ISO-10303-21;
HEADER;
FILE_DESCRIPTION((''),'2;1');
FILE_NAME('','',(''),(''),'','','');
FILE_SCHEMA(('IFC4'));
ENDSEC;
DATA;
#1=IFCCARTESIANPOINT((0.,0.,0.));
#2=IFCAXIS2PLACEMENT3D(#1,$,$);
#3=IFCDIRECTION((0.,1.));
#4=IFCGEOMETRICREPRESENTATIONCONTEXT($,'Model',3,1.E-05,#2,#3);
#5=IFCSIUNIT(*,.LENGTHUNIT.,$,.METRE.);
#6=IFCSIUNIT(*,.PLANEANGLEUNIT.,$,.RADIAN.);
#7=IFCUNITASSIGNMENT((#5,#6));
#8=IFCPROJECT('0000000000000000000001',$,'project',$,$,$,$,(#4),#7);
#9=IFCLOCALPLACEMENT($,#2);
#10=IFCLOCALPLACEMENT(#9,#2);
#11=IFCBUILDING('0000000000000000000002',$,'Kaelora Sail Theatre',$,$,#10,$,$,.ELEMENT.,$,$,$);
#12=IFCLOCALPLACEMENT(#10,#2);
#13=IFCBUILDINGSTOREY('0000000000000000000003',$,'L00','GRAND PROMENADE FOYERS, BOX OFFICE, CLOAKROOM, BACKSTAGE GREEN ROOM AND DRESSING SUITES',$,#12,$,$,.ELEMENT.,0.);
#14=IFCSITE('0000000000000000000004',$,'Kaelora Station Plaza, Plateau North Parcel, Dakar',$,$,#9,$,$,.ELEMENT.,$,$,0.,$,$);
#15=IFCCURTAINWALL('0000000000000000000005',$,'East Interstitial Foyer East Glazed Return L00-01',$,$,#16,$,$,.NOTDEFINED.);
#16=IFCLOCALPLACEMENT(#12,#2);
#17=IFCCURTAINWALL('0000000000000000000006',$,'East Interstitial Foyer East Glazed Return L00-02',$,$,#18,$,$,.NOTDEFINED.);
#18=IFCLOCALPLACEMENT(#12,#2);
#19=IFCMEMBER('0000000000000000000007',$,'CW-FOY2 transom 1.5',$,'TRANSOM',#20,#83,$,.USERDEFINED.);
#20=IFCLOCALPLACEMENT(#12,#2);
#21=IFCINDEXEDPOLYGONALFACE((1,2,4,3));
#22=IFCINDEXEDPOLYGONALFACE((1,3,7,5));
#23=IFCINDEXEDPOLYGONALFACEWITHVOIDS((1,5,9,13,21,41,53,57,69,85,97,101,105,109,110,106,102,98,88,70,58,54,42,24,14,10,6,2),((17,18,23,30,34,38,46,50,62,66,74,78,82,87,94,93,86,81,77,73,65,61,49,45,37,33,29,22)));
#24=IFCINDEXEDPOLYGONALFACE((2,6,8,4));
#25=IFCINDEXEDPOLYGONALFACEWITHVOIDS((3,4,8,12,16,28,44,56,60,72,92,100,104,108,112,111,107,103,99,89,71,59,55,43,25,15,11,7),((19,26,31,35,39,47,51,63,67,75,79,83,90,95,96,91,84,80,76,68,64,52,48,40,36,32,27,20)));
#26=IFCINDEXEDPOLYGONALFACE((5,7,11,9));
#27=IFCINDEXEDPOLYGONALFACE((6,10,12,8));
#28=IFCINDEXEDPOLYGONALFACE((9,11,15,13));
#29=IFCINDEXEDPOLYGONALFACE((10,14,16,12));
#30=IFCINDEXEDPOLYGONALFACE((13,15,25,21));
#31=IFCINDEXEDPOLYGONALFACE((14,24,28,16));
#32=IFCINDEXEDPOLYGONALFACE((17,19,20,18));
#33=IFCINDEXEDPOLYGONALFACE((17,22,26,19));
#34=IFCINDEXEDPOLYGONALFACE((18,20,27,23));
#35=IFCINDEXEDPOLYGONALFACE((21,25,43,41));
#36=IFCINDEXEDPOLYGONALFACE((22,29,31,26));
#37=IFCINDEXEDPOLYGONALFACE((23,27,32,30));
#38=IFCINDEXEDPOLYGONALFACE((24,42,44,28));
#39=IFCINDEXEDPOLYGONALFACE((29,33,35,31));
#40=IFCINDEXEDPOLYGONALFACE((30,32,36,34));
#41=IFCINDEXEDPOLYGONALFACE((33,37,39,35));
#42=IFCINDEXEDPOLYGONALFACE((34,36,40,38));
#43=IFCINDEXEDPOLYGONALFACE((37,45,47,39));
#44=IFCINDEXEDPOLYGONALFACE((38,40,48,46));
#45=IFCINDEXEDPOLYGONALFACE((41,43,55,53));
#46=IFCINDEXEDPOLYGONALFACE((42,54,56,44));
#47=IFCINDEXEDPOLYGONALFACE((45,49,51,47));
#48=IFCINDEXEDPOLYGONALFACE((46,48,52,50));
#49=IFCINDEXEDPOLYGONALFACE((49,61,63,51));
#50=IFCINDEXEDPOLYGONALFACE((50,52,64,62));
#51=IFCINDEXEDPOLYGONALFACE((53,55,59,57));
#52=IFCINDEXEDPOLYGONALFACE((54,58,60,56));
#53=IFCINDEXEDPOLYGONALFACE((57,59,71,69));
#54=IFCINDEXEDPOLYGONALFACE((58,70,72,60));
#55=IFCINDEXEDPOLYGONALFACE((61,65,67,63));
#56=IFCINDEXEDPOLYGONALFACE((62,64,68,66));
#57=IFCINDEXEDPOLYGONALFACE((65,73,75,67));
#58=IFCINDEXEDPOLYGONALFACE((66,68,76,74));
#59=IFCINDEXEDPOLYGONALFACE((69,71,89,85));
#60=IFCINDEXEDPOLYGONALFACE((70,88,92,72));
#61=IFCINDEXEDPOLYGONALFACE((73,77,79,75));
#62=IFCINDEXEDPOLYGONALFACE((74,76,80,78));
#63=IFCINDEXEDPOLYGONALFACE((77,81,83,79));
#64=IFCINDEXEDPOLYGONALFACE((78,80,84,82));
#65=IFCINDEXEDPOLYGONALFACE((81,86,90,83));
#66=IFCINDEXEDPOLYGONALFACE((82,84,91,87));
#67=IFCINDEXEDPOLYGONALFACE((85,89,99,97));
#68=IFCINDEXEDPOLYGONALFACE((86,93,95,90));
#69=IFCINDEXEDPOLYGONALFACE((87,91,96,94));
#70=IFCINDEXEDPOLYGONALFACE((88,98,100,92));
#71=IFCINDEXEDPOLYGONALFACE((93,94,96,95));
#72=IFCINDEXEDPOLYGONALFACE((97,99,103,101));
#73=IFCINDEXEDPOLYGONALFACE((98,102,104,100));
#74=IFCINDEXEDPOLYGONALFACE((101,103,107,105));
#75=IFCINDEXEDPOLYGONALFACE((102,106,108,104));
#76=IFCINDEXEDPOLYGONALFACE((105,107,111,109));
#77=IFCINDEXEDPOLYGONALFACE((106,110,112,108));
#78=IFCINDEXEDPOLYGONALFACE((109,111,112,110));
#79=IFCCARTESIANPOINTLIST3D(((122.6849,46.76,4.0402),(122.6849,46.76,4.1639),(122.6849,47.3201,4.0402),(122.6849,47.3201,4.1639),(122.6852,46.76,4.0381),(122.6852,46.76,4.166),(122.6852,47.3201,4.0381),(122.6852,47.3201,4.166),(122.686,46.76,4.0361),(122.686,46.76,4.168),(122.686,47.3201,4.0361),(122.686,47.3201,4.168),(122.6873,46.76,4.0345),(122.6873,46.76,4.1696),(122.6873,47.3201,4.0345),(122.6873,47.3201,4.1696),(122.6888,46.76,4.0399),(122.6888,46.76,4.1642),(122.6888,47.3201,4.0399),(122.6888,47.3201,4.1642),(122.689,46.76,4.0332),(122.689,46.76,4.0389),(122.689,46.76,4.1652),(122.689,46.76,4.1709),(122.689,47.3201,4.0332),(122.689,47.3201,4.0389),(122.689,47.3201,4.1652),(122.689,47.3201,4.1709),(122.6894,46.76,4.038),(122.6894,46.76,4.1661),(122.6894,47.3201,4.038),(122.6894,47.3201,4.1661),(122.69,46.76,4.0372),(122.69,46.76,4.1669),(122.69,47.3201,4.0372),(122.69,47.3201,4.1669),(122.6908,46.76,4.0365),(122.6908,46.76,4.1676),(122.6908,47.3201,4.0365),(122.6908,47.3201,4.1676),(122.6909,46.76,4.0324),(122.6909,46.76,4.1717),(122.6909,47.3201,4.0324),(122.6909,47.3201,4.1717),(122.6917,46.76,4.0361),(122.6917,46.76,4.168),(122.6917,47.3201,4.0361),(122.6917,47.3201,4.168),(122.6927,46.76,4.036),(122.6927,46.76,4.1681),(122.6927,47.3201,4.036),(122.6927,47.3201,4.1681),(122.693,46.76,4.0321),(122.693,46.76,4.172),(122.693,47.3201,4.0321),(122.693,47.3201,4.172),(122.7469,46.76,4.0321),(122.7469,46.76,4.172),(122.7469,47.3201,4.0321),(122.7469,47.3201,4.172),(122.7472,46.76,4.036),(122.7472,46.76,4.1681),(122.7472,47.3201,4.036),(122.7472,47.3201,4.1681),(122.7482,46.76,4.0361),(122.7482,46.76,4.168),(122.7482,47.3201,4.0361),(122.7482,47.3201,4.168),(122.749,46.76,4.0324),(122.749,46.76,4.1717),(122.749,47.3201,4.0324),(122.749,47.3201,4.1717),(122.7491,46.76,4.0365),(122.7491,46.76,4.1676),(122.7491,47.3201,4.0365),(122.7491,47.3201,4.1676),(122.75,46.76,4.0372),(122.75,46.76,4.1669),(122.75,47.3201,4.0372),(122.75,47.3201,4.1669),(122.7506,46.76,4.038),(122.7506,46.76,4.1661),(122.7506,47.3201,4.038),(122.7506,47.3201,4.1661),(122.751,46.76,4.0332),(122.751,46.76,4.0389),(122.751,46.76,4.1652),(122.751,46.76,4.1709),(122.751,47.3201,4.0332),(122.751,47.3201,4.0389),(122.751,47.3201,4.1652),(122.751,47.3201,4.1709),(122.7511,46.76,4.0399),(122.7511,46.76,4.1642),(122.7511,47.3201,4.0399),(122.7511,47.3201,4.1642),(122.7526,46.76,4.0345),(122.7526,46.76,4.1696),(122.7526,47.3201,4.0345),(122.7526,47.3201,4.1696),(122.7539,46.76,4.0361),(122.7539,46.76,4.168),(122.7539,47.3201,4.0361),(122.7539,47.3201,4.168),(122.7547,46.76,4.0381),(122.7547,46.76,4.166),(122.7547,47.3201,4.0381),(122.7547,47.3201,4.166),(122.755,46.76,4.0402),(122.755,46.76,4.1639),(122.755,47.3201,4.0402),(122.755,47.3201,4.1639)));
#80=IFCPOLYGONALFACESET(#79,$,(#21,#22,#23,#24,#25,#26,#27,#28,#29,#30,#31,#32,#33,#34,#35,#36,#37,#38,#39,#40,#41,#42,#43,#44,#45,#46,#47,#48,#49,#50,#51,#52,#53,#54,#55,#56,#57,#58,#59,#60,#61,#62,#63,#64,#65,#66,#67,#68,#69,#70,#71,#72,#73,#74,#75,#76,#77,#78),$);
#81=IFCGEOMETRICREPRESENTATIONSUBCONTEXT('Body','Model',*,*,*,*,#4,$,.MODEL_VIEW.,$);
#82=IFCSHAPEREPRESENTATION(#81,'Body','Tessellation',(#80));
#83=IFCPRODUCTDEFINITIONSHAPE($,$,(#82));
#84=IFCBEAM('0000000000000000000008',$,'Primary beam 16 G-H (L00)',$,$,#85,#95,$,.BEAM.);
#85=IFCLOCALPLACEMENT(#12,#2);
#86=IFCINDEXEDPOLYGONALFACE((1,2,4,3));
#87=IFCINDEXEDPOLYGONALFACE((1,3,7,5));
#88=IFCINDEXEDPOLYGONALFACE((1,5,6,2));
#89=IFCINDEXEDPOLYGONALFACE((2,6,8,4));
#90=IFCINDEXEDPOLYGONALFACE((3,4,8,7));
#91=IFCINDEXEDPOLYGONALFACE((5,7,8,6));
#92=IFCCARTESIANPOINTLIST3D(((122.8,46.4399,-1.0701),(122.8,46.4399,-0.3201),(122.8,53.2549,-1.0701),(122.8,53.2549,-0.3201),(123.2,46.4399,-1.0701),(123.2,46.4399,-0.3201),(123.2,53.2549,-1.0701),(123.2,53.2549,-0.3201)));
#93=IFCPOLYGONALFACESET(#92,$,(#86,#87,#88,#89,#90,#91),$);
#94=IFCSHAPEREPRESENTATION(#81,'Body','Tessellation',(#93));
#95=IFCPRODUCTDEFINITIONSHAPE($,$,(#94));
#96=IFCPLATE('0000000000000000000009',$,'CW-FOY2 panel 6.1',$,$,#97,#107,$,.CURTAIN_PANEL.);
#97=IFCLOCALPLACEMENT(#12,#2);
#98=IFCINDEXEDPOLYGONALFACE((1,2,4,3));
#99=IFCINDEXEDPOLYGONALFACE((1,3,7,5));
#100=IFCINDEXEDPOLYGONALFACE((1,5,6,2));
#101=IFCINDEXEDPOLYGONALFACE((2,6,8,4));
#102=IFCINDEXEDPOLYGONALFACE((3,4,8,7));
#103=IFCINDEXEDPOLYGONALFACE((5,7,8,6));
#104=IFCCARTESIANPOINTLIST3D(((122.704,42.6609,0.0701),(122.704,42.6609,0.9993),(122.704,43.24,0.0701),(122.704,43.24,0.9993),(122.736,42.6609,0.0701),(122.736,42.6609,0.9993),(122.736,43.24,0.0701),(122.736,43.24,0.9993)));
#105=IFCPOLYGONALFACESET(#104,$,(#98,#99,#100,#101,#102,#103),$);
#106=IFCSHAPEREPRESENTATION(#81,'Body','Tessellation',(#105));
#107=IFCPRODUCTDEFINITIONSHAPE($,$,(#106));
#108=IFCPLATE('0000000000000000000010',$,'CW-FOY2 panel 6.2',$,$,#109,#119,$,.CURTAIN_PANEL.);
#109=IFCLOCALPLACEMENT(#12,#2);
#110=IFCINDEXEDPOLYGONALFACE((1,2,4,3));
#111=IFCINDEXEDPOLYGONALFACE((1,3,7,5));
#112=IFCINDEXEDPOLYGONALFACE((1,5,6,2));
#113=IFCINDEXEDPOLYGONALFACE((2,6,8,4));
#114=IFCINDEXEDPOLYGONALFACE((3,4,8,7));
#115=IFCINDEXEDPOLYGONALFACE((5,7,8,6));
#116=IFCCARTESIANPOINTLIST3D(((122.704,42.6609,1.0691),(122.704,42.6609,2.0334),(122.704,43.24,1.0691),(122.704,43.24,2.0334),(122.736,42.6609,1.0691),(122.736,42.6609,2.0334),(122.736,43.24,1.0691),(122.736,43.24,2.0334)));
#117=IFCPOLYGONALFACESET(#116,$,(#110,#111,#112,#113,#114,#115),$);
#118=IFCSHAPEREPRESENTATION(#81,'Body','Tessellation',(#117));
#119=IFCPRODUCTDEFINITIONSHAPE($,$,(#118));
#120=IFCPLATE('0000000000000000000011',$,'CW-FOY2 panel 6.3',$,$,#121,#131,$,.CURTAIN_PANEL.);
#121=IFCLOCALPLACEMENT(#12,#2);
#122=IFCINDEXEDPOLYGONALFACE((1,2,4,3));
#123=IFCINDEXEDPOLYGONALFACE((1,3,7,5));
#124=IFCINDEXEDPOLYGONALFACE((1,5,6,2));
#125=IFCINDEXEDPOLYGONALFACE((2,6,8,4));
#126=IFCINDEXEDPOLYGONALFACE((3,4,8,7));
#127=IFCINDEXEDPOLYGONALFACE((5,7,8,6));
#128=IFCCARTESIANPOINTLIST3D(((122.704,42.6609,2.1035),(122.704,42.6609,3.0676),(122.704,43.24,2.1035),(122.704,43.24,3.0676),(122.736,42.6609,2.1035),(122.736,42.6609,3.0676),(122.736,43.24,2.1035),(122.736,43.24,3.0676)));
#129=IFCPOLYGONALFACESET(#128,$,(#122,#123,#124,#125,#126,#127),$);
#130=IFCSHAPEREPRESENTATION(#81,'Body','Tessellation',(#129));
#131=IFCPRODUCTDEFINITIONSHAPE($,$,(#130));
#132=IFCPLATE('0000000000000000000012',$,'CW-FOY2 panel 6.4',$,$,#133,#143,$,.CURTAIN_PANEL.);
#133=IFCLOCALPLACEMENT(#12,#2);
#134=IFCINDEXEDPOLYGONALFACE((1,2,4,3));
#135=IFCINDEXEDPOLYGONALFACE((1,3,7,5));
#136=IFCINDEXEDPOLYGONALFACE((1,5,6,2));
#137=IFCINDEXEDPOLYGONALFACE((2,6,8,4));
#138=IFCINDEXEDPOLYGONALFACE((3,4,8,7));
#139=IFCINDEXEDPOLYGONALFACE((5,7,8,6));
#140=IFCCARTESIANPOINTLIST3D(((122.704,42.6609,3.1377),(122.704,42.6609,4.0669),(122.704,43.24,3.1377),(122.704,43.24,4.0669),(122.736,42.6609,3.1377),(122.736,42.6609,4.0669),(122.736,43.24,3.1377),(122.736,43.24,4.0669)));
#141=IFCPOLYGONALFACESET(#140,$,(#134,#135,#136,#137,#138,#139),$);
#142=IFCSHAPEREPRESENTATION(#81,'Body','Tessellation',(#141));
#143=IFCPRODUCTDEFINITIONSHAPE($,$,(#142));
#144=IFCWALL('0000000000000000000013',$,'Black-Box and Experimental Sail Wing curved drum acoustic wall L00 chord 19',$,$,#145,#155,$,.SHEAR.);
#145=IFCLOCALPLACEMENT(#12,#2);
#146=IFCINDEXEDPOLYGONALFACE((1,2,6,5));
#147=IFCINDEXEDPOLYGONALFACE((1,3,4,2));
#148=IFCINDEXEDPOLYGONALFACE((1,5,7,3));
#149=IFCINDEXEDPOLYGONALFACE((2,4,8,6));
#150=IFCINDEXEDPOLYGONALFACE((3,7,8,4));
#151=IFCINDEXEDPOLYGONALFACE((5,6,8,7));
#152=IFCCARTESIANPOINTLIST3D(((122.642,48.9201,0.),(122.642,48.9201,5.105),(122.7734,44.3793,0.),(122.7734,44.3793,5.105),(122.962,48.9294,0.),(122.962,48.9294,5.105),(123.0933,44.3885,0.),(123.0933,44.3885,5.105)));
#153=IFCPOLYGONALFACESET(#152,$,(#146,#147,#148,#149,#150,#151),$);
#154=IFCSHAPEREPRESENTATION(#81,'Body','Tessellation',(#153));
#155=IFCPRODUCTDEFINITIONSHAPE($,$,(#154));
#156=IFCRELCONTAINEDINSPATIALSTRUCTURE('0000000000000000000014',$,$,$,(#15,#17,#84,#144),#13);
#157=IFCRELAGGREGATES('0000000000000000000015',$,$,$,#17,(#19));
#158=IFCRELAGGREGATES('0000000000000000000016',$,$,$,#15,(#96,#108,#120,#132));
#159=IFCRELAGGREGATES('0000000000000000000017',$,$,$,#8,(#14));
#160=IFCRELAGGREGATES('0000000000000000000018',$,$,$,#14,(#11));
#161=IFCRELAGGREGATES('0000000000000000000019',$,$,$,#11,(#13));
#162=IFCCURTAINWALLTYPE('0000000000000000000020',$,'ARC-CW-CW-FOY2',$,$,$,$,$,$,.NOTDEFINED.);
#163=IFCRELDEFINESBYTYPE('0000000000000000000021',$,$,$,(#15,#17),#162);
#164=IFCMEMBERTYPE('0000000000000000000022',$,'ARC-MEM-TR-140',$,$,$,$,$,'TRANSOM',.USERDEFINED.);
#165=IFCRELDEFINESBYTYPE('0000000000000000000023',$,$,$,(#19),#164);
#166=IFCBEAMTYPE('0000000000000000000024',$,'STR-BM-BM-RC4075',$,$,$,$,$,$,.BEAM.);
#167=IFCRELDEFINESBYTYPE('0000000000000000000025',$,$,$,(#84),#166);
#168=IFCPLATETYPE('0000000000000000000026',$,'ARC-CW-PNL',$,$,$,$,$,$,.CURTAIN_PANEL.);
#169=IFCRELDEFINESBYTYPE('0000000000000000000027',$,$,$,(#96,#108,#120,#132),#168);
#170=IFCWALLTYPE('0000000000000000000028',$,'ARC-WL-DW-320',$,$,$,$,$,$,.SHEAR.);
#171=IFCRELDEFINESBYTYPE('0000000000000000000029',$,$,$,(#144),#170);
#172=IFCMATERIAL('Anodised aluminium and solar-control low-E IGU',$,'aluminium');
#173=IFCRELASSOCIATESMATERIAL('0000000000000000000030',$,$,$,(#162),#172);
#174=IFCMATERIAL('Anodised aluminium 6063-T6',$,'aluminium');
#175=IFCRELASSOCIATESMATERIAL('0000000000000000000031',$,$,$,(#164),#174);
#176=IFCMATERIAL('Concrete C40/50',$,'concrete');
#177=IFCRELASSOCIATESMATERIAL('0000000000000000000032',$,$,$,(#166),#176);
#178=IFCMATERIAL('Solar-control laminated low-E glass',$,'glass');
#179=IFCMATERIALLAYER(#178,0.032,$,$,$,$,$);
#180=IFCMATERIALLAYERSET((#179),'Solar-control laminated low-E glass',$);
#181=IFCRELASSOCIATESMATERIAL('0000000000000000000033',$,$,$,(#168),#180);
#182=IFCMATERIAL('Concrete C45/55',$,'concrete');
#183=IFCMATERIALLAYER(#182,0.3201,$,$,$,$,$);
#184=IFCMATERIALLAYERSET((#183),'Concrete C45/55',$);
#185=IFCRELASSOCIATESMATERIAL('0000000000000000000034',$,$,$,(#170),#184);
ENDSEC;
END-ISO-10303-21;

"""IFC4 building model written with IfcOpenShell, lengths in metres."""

from ifc_helpers import new_model, si_unit, direction, frame, frame_2d, origin, origin_2d, place, context, subcontext, project, spatial, rectangle, hollow_rectangle, extrude, material, layer, layer_set, material_profile, profile_set, type_object, element, aggregate, save


model = new_model("IFC4")

# Units and contexts
model_context = context("Model", 3, precision=1e-05, world=origin(), true_north=direction((0.0, 1.0)))
body_context = subcontext(model_context, "Body", "Model", "MODEL_VIEW")
ifc_project = project(units=[si_unit("LENGTHUNIT", "METRE"), si_unit("PLANEANGLEUNIT", "RADIAN")], contexts=[model_context])

# Site, building, storey
site_placement = place(None, origin())
site = spatial("IfcSite", under=ifc_project, at=site_placement, Name="Kaelora Station Plaza, Plateau North Parcel, Dakar", CompositionType="ELEMENT", RefElevation=0.0)
building_placement = place(site_placement, origin())
building = spatial("IfcBuilding", under=site, at=building_placement, Name="Kaelora Sail Theatre", CompositionType="ELEMENT")
storey_placement = place(building_placement, origin())
storey = spatial("IfcBuildingStorey", under=building, at=storey_placement, Name="L00", Description="GRAND PROMENADE FOYERS, BOX OFFICE, CLOAKROOM, BACKSTAGE GREEN ROOM AND DRESSING SUITES", CompositionType="ELEMENT", Elevation=0.0)

# Curtain walls
ifc_material_1 = material(Name="Anodised aluminium and solar-control low-E IGU", Category="aluminium")
curtain_wall_type = type_object("IfcCurtainWallType", Name="ARC-CW-CW-FOY2", PredefinedType="NOTDEFINED", material=ifc_material_1)
curtain_wall_1_placement = place(storey_placement, origin())
curtain_wall_1 = element("IfcCurtainWall", 1, at=curtain_wall_1_placement, inside=storey, type_object=curtain_wall_type, Name="East Interstitial Foyer East Glazed Return L00-01", PredefinedType="NOTDEFINED")
curtain_wall_2_placement = place(storey_placement, origin())
curtain_wall_2 = element("IfcCurtainWall", 2, at=curtain_wall_2_placement, inside=storey, type_object=curtain_wall_type, Name="East Interstitial Foyer East Glazed Return L00-02", PredefinedType="NOTDEFINED")

# Member
ifc_material_2 = material(Name="Anodised aluminium 6063-T6", Category="aluminium")
ifc_material_profile_1 = material_profile(ifc_material_2, hollow_rectangle(XDim=0.0701, YDim=0.1399, WallThickness=0.0039, InnerFilletRadius=0.0039, OuterFilletRadius=0.0081, at=origin_2d()), Name="ALU-TRAN 70x140x4")
ifc_profile_set_1 = profile_set([ifc_material_profile_1], Name="Anodised aluminium 6063-T6")
member_type_1 = type_object("IfcMemberType", Name="ARC-MEM-TR-140", ElementType="TRANSOM", PredefinedType="USERDEFINED", material=ifc_profile_set_1)
member_1_placement = place(storey_placement, frame((122.72, 46.76, 4.1021), z_axis=(0.0, 1.0, 0.0), x_axis=(-1.0, 0.0, 0.0)))
member_1 = element("IfcMember", 3, at=member_1_placement, type_object=member_type_1, Name="CW-FOY2 transom 1.5", ObjectType="TRANSOM", PredefinedType="USERDEFINED", context=body_context, shape_type="SweptSolid", body=[
    extrude(hollow_rectangle(XDim=0.0701, YDim=0.1399, WallThickness=0.0039, InnerFilletRadius=0.0039, OuterFilletRadius=0.0081, at=origin_2d()), origin(), (0.0, 0.0, 1.0), 0.5601),
])
aggregate(curtain_wall_2, [member_1])

# Beam
ifc_material_3 = material(Name="Concrete C40/50", Category="concrete")
ifc_material_profile_2 = material_profile(ifc_material_3, rectangle(XDim=0.3999, YDim=0.75, at=origin_2d()), Name="RC-BM 400x750")
ifc_profile_set_2 = profile_set([ifc_material_profile_2], Name="Concrete C40/50")
beam_type = type_object("IfcBeamType", Name="STR-BM-BM-RC4075", PredefinedType="BEAM", material=ifc_profile_set_2)
beam_placement = place(storey_placement, frame((123.0, 46.4399, -0.6951), z_axis=(0.0, 1.0, 0.0), x_axis=(-1.0, 0.0, 0.0)))
element("IfcBeam", 4, at=beam_placement, inside=storey, type_object=beam_type, Name="Primary beam 16 G-H (L00)", PredefinedType="BEAM", context=body_context, shape_type="SweptSolid", body=[
    extrude(rectangle(XDim=0.3999, YDim=0.75, at=origin_2d()), origin(), (0.0, 0.0, 1.0), 6.8149),
])

# Plates
ifc_material_4 = material(Name="Solar-control laminated low-E glass", Category="glass")
ifc_layer_1 = layer(ifc_material_4, 0.032)
ifc_layer_set_1 = layer_set([ifc_layer_1], Name="Solar-control laminated low-E glass")
plate_type = type_object("IfcPlateType", Name="ARC-CW-PNL", PredefinedType="CURTAIN_PANEL", material=ifc_layer_set_1)
plate_1_placement = place(storey_placement, frame((122.72, 42.9504, 0.0701), z_axis=(0.0, 0.0, 1.0), x_axis=(0.0, 1.0, 0.0)))
plate_1 = element("IfcPlate", 5, at=plate_1_placement, type_object=plate_type, Name="CW-FOY2 panel 6.1", PredefinedType="CURTAIN_PANEL", context=body_context, shape_type="SweptSolid", body=[
    extrude(rectangle(XDim=0.5791, YDim=0.032, at=origin_2d()), origin(), (0.0, 0.0, 1.0), 0.9292),
])
plate_2_placement = place(storey_placement, frame((122.72, 42.9504, 1.0691), z_axis=(0.0, 0.0, 1.0), x_axis=(0.0, 1.0, 0.0)))
plate_2 = element("IfcPlate", 6, at=plate_2_placement, type_object=plate_type, Name="CW-FOY2 panel 6.2", PredefinedType="CURTAIN_PANEL", context=body_context, shape_type="SweptSolid", body=[
    extrude(rectangle(XDim=0.5791, YDim=0.032, at=origin_2d()), origin(), (0.0, 0.0, 1.0), 0.9644),
])
plate_3_placement = place(storey_placement, frame((122.72, 42.9504, 2.1035), z_axis=(0.0, 0.0, 1.0), x_axis=(0.0, 1.0, 0.0)))
plate_3 = element("IfcPlate", 7, at=plate_3_placement, type_object=plate_type, Name="CW-FOY2 panel 6.3", PredefinedType="CURTAIN_PANEL", context=body_context, shape_type="SweptSolid", body=[
    extrude(rectangle(XDim=0.5791, YDim=0.032, at=origin_2d()), origin(), (0.0, 0.0, 1.0), 0.9641),
])
plate_4_placement = place(storey_placement, frame((122.72, 42.9504, 3.1377), z_axis=(0.0, 0.0, 1.0), x_axis=(0.0, 1.0, 0.0)))
plate_4 = element("IfcPlate", 8, at=plate_4_placement, type_object=plate_type, Name="CW-FOY2 panel 6.4", PredefinedType="CURTAIN_PANEL", context=body_context, shape_type="SweptSolid", body=[
    extrude(rectangle(XDim=0.5791, YDim=0.032, at=origin_2d()), origin(), (0.0, 0.0, 1.0), 0.9292),
])
aggregate(curtain_wall_1, [plate_1, plate_2, plate_3, plate_4])

# Wall
ifc_material_5 = material(Name="Concrete C45/55", Category="concrete")
ifc_layer_2 = layer(ifc_material_5, 0.3201)
ifc_layer_set_2 = layer_set([ifc_layer_2], Name="Concrete C45/55")
wall_type = type_object("IfcWallType", Name="ARC-WL-DW-320", PredefinedType="SHEAR", material=ifc_layer_set_2)
wall_placement = place(storey_placement, frame((122.9333, 44.3838, 0.0), z_axis=(0.0, 0.0, 1.0), x_axis=(-0.028914, 0.999582, 0.0)))
element("IfcWall", 9, at=wall_placement, inside=storey, type_object=wall_type, Name="Black-Box and Experimental Sail Wing curved drum acoustic wall L00 chord 19", PredefinedType="SHEAR", context=body_context, shape_type="SweptSolid", body=[
    extrude(rectangle(XDim=4.5427, YDim=0.3201, at=frame_2d((2.2715, 0.0))), origin(), (0.0, 0.0, 1.0), 5.105),
])

save(model, "model.ifc")
